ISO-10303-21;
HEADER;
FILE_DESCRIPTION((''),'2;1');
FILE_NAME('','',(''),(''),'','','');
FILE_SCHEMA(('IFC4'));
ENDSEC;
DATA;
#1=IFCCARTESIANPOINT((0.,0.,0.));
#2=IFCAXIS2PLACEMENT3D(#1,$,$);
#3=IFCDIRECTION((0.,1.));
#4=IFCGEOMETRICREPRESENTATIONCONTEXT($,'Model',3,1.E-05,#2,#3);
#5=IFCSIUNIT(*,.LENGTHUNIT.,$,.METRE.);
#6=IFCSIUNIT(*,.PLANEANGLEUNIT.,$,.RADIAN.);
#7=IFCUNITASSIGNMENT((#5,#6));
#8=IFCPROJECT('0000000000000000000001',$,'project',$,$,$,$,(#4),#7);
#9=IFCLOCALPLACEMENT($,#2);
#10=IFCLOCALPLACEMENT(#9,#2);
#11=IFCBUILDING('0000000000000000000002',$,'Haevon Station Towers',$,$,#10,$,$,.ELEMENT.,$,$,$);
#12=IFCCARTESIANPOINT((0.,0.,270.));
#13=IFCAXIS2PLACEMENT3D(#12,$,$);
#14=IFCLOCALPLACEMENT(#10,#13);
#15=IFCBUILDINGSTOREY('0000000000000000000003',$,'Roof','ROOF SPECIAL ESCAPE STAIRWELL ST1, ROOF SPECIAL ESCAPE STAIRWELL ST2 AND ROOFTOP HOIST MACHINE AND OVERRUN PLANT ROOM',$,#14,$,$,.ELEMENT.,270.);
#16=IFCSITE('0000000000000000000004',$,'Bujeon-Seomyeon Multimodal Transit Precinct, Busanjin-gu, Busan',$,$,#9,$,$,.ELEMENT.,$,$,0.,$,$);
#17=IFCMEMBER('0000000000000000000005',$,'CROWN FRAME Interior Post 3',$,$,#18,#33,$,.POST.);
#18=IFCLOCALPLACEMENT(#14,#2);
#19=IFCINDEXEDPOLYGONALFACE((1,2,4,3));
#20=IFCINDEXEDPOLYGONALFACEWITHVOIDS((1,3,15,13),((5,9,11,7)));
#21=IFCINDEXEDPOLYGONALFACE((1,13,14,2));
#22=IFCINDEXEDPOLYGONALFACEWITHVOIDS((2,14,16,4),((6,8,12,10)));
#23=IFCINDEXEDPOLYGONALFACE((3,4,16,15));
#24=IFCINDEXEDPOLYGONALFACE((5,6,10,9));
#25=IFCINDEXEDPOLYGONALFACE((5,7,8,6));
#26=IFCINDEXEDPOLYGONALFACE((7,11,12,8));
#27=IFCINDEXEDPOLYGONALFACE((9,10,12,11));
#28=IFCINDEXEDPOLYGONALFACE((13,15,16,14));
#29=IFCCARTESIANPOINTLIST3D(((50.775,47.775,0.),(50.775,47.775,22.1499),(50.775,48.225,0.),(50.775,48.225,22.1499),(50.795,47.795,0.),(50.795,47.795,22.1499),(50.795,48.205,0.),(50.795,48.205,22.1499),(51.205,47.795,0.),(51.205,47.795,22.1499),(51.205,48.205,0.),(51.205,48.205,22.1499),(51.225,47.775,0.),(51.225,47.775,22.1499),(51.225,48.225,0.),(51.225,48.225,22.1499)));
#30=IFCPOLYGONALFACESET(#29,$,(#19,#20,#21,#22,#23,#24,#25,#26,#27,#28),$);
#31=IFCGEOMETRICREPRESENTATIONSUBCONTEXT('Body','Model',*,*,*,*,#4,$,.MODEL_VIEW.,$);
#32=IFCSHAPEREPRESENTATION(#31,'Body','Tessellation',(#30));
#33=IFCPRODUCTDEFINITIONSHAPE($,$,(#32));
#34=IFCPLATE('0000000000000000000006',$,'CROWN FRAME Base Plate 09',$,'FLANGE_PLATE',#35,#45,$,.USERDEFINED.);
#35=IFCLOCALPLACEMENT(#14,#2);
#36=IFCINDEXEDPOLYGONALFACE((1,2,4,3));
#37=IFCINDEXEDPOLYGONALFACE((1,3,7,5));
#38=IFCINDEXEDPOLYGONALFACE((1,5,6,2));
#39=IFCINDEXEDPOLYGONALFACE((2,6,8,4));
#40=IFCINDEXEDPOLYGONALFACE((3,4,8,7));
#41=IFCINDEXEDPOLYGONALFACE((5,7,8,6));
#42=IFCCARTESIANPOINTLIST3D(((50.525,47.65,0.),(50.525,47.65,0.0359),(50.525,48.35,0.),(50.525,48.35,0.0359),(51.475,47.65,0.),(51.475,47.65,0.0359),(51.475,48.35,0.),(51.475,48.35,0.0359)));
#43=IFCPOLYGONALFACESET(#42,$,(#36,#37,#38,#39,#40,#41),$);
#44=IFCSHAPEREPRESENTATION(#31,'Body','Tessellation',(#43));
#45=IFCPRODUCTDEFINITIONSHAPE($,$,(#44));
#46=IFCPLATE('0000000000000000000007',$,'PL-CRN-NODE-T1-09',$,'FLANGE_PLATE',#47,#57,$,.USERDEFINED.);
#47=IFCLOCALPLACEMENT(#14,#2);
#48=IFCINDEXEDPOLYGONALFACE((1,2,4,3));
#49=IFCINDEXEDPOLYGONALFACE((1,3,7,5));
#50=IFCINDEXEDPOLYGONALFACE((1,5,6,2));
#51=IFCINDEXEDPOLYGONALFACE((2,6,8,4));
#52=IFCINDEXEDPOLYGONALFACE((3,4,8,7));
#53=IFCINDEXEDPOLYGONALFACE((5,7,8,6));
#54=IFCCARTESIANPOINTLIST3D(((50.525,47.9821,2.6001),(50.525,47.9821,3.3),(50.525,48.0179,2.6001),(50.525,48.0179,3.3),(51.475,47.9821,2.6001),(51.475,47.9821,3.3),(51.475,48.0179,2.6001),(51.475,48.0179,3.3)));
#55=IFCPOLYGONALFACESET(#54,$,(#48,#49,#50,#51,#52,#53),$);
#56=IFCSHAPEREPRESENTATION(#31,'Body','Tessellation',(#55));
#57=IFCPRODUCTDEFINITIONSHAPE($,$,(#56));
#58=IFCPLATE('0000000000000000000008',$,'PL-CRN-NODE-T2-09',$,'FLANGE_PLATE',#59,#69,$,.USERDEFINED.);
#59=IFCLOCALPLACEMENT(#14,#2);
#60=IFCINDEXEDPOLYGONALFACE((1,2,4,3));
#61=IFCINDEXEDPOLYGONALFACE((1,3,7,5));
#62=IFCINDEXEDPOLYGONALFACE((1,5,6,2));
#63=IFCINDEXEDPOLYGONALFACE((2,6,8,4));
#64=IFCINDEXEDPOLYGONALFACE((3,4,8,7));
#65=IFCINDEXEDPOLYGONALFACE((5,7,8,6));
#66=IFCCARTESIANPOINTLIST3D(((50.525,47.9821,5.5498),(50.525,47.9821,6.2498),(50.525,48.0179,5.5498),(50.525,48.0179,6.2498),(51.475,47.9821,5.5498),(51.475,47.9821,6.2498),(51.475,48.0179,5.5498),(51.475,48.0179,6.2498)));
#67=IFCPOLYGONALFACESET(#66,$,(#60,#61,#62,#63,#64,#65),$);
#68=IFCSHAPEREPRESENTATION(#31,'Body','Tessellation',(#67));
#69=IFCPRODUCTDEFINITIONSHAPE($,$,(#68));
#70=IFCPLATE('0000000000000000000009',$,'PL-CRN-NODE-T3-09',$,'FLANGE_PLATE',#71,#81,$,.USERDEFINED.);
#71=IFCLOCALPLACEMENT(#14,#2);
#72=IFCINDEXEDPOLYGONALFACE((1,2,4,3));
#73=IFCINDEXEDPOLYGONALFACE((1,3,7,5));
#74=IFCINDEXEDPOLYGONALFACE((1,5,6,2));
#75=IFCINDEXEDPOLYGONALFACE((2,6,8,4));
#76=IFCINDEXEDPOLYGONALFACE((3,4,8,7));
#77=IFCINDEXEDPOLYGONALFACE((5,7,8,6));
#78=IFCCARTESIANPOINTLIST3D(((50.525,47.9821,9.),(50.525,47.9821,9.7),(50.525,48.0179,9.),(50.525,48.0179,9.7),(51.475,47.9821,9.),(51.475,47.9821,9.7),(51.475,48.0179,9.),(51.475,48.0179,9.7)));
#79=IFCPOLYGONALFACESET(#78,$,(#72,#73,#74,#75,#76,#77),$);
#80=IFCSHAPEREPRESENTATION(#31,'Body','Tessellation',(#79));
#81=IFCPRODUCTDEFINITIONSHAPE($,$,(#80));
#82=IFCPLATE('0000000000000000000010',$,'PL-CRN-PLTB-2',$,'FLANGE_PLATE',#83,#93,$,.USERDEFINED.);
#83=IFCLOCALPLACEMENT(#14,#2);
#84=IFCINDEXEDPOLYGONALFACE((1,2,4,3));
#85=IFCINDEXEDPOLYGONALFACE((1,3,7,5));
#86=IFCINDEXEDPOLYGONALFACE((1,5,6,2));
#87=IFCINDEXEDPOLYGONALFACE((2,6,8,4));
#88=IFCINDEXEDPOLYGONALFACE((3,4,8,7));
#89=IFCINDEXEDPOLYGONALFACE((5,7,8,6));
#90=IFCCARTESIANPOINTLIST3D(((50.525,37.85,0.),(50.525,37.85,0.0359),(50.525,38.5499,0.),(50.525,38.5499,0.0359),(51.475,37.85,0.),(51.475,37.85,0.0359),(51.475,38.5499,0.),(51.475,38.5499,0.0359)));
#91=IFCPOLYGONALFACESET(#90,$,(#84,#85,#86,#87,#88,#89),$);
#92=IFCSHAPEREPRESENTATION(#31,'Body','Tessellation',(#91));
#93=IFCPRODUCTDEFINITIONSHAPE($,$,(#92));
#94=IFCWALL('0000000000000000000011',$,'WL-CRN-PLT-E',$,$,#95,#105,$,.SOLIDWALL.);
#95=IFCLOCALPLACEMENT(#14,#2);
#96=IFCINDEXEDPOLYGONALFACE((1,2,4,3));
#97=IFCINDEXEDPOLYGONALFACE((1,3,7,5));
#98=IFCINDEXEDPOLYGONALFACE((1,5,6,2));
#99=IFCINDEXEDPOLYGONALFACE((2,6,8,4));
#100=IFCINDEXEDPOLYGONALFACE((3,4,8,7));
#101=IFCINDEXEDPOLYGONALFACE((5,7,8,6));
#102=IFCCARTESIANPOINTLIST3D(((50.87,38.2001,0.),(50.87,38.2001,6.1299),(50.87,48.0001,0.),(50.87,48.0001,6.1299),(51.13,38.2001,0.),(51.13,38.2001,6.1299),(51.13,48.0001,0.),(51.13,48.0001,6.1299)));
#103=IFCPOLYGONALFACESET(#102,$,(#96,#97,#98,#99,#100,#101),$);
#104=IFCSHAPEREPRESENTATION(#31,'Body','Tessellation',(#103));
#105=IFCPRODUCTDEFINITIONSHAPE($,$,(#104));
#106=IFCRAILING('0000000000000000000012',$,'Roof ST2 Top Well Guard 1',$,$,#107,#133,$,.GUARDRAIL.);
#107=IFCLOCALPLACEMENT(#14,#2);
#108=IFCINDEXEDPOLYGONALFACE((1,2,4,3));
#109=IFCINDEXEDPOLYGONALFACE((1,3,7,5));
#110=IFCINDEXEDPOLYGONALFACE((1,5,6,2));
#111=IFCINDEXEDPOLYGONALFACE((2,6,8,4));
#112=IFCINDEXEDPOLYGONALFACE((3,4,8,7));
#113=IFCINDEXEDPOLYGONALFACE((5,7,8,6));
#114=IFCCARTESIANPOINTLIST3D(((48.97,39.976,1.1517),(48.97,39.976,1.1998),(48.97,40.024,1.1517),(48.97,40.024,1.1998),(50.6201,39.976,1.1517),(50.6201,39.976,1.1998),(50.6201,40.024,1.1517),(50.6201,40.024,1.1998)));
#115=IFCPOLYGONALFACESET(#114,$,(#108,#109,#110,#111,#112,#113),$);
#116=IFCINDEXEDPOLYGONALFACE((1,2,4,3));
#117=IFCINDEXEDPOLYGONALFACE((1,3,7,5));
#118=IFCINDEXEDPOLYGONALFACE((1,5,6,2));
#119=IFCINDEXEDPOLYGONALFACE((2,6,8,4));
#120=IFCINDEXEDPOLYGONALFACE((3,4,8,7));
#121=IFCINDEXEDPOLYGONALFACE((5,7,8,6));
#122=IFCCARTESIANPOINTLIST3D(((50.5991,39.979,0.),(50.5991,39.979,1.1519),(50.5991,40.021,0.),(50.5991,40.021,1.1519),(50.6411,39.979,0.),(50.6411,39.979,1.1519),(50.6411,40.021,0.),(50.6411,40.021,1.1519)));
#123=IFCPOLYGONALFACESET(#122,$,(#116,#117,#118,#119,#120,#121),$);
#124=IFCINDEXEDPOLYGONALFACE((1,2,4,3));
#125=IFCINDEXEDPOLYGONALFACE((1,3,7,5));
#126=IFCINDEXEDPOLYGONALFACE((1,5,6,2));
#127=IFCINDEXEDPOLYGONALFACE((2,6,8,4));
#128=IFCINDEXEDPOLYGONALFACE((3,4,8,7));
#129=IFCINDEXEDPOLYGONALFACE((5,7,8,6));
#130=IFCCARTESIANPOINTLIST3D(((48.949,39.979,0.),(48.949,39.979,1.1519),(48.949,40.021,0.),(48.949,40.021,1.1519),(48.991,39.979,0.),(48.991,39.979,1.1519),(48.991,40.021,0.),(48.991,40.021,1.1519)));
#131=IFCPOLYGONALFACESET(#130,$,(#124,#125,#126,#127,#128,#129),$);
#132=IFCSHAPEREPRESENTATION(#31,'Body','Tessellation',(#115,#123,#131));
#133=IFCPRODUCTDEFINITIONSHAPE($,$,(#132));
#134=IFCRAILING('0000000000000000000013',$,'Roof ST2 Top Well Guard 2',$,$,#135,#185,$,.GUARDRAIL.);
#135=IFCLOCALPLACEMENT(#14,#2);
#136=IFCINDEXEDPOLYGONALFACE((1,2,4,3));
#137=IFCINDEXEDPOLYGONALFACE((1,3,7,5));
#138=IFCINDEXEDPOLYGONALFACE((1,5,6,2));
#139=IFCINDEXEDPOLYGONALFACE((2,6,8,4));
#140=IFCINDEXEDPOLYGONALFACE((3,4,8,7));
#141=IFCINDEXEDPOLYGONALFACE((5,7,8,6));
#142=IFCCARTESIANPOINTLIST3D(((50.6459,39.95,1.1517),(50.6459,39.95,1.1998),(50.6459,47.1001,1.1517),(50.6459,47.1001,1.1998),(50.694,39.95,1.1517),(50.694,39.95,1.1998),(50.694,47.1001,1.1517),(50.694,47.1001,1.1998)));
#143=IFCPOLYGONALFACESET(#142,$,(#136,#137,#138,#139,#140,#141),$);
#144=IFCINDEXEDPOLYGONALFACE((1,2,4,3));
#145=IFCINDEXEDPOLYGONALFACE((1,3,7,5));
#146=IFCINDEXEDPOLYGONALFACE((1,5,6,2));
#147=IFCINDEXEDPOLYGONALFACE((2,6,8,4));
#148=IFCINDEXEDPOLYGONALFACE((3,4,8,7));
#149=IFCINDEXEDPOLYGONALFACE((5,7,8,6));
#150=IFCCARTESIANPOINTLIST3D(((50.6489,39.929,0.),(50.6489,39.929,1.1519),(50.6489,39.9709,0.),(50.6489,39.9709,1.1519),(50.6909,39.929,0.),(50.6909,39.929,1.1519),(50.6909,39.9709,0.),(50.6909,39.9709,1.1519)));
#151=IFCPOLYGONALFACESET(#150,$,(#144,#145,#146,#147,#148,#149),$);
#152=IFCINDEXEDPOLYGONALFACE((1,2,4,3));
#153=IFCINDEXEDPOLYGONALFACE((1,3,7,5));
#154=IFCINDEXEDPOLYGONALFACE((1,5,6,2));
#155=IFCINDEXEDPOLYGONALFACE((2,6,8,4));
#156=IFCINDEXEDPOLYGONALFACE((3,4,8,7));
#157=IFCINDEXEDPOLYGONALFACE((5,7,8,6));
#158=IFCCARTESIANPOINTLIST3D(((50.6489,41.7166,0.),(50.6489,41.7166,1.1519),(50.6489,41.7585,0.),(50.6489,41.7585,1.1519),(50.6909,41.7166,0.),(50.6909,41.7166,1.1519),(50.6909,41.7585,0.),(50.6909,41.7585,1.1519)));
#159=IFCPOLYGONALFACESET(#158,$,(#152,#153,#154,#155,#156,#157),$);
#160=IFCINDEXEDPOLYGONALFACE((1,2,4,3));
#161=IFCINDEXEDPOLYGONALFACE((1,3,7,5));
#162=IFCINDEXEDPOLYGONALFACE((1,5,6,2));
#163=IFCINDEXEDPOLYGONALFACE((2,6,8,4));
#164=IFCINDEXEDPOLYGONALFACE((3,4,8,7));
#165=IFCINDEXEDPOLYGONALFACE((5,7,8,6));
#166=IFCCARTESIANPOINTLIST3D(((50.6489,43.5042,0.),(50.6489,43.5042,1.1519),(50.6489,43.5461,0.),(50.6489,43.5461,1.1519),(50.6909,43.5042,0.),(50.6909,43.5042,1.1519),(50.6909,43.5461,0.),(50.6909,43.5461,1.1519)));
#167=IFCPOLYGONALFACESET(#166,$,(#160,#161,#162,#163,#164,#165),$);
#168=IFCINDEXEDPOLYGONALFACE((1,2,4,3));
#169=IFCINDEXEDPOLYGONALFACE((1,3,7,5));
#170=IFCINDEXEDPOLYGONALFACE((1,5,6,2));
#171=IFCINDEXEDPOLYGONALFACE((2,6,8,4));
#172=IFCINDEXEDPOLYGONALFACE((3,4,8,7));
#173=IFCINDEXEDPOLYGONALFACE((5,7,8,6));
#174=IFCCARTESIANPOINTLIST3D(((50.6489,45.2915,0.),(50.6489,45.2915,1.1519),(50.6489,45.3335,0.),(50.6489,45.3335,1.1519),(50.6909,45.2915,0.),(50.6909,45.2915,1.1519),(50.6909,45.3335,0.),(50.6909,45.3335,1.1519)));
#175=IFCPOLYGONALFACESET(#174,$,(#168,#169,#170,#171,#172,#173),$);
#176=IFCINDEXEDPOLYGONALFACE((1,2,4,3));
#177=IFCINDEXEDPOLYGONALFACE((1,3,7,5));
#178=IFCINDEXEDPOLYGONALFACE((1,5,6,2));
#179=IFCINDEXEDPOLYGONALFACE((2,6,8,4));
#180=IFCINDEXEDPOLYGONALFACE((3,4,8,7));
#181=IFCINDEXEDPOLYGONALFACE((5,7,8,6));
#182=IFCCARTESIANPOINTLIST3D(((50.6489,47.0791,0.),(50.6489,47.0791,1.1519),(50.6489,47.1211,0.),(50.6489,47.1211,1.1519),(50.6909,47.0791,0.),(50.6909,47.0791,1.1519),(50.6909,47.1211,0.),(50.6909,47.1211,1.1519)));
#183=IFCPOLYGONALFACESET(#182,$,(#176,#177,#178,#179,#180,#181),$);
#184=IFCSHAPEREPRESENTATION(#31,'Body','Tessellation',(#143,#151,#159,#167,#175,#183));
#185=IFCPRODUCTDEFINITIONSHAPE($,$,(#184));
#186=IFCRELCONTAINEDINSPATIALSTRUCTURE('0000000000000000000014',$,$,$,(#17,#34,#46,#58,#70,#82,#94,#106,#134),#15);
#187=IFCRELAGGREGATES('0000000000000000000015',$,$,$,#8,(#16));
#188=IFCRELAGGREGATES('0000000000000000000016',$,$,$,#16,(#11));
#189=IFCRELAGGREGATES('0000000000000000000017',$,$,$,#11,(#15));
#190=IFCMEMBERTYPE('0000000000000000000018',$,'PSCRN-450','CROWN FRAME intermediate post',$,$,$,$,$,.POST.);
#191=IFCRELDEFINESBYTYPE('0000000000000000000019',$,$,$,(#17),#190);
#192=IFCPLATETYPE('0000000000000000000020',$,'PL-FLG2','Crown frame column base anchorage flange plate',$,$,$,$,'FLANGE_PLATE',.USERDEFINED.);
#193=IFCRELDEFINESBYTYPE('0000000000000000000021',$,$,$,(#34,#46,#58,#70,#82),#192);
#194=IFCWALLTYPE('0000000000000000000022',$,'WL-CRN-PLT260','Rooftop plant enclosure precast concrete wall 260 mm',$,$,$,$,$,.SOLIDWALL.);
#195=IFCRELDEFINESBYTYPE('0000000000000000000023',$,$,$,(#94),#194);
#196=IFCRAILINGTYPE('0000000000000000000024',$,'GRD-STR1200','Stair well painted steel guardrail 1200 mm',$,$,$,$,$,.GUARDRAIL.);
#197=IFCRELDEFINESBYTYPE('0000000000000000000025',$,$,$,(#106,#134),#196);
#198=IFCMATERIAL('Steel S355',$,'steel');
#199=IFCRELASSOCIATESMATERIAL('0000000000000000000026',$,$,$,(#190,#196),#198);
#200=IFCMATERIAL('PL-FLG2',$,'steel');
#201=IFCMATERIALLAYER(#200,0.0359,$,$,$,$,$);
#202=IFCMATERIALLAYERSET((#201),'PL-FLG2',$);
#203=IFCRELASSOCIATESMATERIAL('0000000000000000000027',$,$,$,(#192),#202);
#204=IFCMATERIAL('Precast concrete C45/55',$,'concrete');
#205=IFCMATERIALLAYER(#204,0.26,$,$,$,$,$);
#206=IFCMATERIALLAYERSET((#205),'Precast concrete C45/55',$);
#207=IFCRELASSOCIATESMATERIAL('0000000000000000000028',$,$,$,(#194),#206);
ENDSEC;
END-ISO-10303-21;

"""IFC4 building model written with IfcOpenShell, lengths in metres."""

from ifc_helpers import new_model, si_unit, direction, frame, frame_2d, origin, origin_2d, place, context, subcontext, project, spatial, rectangle, hollow_rectangle, extrude, material, layer, layer_set, material_profile, profile_set, type_object, element, save


model = new_model("IFC4")

# Units and contexts
model_context = context("Model", 3, precision=1e-05, world=origin(), true_north=direction((0.0, 1.0)))
body_context = subcontext(model_context, "Body", "Model", "MODEL_VIEW")
ifc_project = project(units=[si_unit("LENGTHUNIT", "METRE"), si_unit("PLANEANGLEUNIT", "RADIAN")], contexts=[model_context])

# Site, building, storey
site_placement = place(None, origin())
site = spatial("IfcSite", under=ifc_project, at=site_placement, Name="Bujeon-Seomyeon Multimodal Transit Precinct, Busanjin-gu, Busan", CompositionType="ELEMENT", RefElevation=0.0)
building_placement = place(site_placement, origin())
building = spatial("IfcBuilding", under=site, at=building_placement, Name="Haevon Station Towers", CompositionType="ELEMENT")
storey_placement = place(building_placement, frame((0.0, 0.0, 270.0)))
storey = spatial("IfcBuildingStorey", under=building, at=storey_placement, Name="Roof", Description="ROOF SPECIAL ESCAPE STAIRWELL ST1, ROOF SPECIAL ESCAPE STAIRWELL ST2 AND ROOFTOP HOIST MACHINE AND OVERRUN PLANT ROOM", CompositionType="ELEMENT", Elevation=270.0)

# Shared definitions
ifc_material_1 = material(Name="Steel S355", Category="steel")

# Member
ifc_material_profile_1 = material_profile(ifc_material_1, hollow_rectangle(XDim=0.45, YDim=0.45, WallThickness=0.02, at=origin_2d()), Name="RHS-450x450x20")
ifc_profile_set_1 = profile_set([ifc_material_profile_1], Name="Steel S355")
member_type_1 = type_object("IfcMemberType", Name="PSCRN-450", Description="CROWN FRAME intermediate post", PredefinedType="POST", material=ifc_profile_set_1)
for number, where, z_axis, x_axis, name in (
    (1, (51.0, 48.0, 0.0), (0.0, 0.0, 1.0), (1.0, 0.0, 0.0), "CROWN FRAME Interior Post 3"),
):
    element("IfcMember", number, at=place(storey_placement, frame(where, z_axis=z_axis, x_axis=x_axis)), inside=storey, type_object=member_type_1, Name=name, PredefinedType="POST", context=body_context, shape_type="SweptSolid", body=[
        extrude(hollow_rectangle(XDim=0.45, YDim=0.45, WallThickness=0.02, at=origin_2d()), origin(), (0.0, 0.0, 1.0), 22.1499),
    ])

# Plates
ifc_material_2 = material(Name="PL-FLG2", Category="steel")
ifc_layer_1 = layer(ifc_material_2, 0.0359)
ifc_layer_set_1 = layer_set([ifc_layer_1], Name="PL-FLG2")
plate_type = type_object("IfcPlateType", Name="PL-FLG2", Description="Crown frame column base anchorage flange plate", ElementType="FLANGE_PLATE", PredefinedType="USERDEFINED", material=ifc_layer_set_1)
plate_1_placement = place(storey_placement, frame((51.0, 48.0, 0.0), z_axis=(0.0, 0.0, 1.0), x_axis=(1.0, 0.0, 0.0)))
element("IfcPlate", 2, at=plate_1_placement, inside=storey, type_object=plate_type, Name="CROWN FRAME Base Plate 09", ObjectType="FLANGE_PLATE", PredefinedType="USERDEFINED", context=body_context, shape_type="SweptSolid", body=[
    extrude(rectangle(XDim=0.95, YDim=0.7, at=origin_2d()), origin(), (0.0, 0.0, 1.0), 0.0359),
])
for number, where, z_axis, x_axis, name in (
    (3, (51.0, 48.0, 2.6001), (0.0, 0.0, 1.0), (-1.0, 0.0, 0.0), "PL-CRN-NODE-T1-09"),
    (4, (51.0, 48.0, 5.5498), (0.0, 0.0, 1.0), (-1.0, 0.0, 0.0), "PL-CRN-NODE-T2-09"),
    (5, (51.0, 48.0, 9.0), (0.0, 0.0, 1.0), (-1.0, 0.0, 0.0), "PL-CRN-NODE-T3-09"),
):
    element("IfcPlate", number, at=place(storey_placement, frame(where, z_axis=z_axis, x_axis=x_axis)), inside=storey, type_object=plate_type, Name=name, ObjectType="FLANGE_PLATE", PredefinedType="USERDEFINED", context=body_context, shape_type="SweptSolid", body=[
        extrude(rectangle(XDim=0.95, YDim=0.0359, at=origin_2d()), origin(), (0.0, 0.0, 1.0), 0.7),
    ])
plate_2_placement = place(storey_placement, frame((51.0, 38.2, 0.0), z_axis=(0.0, 0.0, 1.0), x_axis=(1.0, 0.0, 0.0)))
element("IfcPlate", 6, at=plate_2_placement, inside=storey, type_object=plate_type, Name="PL-CRN-PLTB-2", ObjectType="FLANGE_PLATE", PredefinedType="USERDEFINED", context=body_context, shape_type="SweptSolid", body=[
    extrude(rectangle(XDim=0.95, YDim=0.7, at=origin_2d()), origin(), (0.0, 0.0, 1.0), 0.0359),
])

# Wall
ifc_material_3 = material(Name="Precast concrete C45/55", Category="concrete")
ifc_layer_2 = layer(ifc_material_3, 0.26)
ifc_layer_set_2 = layer_set([ifc_layer_2], Name="Precast concrete C45/55")
wall_type = type_object("IfcWallType", Name="WL-CRN-PLT260", Description="Rooftop plant enclosure precast concrete wall 260 mm", PredefinedType="SOLIDWALL", material=ifc_layer_set_2)
wall_placement = place(storey_placement, frame((51.0, 48.0, 0.0), z_axis=(0.0, 0.0, 1.0), x_axis=(0.0, -1.0, 0.0)))
element("IfcWall", 7, at=wall_placement, inside=storey, type_object=wall_type, Name="WL-CRN-PLT-E", PredefinedType="SOLIDWALL", context=body_context, shape_type="SweptSolid", body=[
    extrude(rectangle(XDim=9.8, YDim=0.26, at=frame_2d((4.8999, 0.0))), origin(), (0.0, 0.0, 1.0), 6.1299),
])

# Railings
railing_type = type_object("IfcRailingType", Name="GRD-STR1200", Description="Stair well painted steel guardrail 1200 mm", PredefinedType="GUARDRAIL", material=ifc_material_1)
railing_1_placement = place(storey_placement, frame((50.6201, 40.0, 0.0)))
element("IfcRailing", 8, at=railing_1_placement, inside=storey, type_object=railing_type, Name="Roof ST2 Top Well Guard 1", PredefinedType="GUARDRAIL", context=body_context, shape_type="SweptSolid", body=[
    extrude(rectangle(XDim=0.0481, YDim=0.0481, at=origin_2d()), frame((0.0, 0.0, 1.1758), z_axis=(-1.0, 0.0, 0.0), x_axis=(0.0, -1.0, 0.0)), (0.0, 0.0, 1.0), 1.6501),
    extrude(rectangle(XDim=0.042, YDim=0.042, at=origin_2d()), origin(), (0.0, 0.0, 1.0), 1.1519),
    extrude(rectangle(XDim=0.042, YDim=0.042, at=origin_2d()), frame((-1.6501, 0.0, 0.0)), (0.0, 0.0, 1.0), 1.1519),
])
railing_2_placement = place(storey_placement, frame((50.6699, 39.95, 0.0)))
element("IfcRailing", 9, at=railing_2_placement, inside=storey, type_object=railing_type, Name="Roof ST2 Top Well Guard 2", PredefinedType="GUARDRAIL", context=body_context, shape_type="SweptSolid", body=[
    extrude(rectangle(XDim=0.0481, YDim=0.0481, at=origin_2d()), frame((0.0, 0.0, 1.1758), z_axis=(0.0, 1.0, 0.0), x_axis=(-1.0, 0.0, 0.0)), (0.0, 0.0, 1.0), 7.1501),
    extrude(rectangle(XDim=0.042, YDim=0.042, at=origin_2d()), origin(), (0.0, 0.0, 1.0), 1.1519),
    extrude(rectangle(XDim=0.042, YDim=0.042, at=origin_2d()), frame((0.0, 1.7876, 0.0)), (0.0, 0.0, 1.0), 1.1519),
    extrude(rectangle(XDim=0.042, YDim=0.042, at=origin_2d()), frame((0.0, 3.5752, 0.0)), (0.0, 0.0, 1.0), 1.1519),
    extrude(rectangle(XDim=0.042, YDim=0.042, at=origin_2d()), frame((0.0, 5.3625, 0.0)), (0.0, 0.0, 1.0), 1.1519),
    extrude(rectangle(XDim=0.042, YDim=0.042, at=origin_2d()), frame((0.0, 7.1501, 0.0)), (0.0, 0.0, 1.0), 1.1519),
])

save(model, "model.ifc")
